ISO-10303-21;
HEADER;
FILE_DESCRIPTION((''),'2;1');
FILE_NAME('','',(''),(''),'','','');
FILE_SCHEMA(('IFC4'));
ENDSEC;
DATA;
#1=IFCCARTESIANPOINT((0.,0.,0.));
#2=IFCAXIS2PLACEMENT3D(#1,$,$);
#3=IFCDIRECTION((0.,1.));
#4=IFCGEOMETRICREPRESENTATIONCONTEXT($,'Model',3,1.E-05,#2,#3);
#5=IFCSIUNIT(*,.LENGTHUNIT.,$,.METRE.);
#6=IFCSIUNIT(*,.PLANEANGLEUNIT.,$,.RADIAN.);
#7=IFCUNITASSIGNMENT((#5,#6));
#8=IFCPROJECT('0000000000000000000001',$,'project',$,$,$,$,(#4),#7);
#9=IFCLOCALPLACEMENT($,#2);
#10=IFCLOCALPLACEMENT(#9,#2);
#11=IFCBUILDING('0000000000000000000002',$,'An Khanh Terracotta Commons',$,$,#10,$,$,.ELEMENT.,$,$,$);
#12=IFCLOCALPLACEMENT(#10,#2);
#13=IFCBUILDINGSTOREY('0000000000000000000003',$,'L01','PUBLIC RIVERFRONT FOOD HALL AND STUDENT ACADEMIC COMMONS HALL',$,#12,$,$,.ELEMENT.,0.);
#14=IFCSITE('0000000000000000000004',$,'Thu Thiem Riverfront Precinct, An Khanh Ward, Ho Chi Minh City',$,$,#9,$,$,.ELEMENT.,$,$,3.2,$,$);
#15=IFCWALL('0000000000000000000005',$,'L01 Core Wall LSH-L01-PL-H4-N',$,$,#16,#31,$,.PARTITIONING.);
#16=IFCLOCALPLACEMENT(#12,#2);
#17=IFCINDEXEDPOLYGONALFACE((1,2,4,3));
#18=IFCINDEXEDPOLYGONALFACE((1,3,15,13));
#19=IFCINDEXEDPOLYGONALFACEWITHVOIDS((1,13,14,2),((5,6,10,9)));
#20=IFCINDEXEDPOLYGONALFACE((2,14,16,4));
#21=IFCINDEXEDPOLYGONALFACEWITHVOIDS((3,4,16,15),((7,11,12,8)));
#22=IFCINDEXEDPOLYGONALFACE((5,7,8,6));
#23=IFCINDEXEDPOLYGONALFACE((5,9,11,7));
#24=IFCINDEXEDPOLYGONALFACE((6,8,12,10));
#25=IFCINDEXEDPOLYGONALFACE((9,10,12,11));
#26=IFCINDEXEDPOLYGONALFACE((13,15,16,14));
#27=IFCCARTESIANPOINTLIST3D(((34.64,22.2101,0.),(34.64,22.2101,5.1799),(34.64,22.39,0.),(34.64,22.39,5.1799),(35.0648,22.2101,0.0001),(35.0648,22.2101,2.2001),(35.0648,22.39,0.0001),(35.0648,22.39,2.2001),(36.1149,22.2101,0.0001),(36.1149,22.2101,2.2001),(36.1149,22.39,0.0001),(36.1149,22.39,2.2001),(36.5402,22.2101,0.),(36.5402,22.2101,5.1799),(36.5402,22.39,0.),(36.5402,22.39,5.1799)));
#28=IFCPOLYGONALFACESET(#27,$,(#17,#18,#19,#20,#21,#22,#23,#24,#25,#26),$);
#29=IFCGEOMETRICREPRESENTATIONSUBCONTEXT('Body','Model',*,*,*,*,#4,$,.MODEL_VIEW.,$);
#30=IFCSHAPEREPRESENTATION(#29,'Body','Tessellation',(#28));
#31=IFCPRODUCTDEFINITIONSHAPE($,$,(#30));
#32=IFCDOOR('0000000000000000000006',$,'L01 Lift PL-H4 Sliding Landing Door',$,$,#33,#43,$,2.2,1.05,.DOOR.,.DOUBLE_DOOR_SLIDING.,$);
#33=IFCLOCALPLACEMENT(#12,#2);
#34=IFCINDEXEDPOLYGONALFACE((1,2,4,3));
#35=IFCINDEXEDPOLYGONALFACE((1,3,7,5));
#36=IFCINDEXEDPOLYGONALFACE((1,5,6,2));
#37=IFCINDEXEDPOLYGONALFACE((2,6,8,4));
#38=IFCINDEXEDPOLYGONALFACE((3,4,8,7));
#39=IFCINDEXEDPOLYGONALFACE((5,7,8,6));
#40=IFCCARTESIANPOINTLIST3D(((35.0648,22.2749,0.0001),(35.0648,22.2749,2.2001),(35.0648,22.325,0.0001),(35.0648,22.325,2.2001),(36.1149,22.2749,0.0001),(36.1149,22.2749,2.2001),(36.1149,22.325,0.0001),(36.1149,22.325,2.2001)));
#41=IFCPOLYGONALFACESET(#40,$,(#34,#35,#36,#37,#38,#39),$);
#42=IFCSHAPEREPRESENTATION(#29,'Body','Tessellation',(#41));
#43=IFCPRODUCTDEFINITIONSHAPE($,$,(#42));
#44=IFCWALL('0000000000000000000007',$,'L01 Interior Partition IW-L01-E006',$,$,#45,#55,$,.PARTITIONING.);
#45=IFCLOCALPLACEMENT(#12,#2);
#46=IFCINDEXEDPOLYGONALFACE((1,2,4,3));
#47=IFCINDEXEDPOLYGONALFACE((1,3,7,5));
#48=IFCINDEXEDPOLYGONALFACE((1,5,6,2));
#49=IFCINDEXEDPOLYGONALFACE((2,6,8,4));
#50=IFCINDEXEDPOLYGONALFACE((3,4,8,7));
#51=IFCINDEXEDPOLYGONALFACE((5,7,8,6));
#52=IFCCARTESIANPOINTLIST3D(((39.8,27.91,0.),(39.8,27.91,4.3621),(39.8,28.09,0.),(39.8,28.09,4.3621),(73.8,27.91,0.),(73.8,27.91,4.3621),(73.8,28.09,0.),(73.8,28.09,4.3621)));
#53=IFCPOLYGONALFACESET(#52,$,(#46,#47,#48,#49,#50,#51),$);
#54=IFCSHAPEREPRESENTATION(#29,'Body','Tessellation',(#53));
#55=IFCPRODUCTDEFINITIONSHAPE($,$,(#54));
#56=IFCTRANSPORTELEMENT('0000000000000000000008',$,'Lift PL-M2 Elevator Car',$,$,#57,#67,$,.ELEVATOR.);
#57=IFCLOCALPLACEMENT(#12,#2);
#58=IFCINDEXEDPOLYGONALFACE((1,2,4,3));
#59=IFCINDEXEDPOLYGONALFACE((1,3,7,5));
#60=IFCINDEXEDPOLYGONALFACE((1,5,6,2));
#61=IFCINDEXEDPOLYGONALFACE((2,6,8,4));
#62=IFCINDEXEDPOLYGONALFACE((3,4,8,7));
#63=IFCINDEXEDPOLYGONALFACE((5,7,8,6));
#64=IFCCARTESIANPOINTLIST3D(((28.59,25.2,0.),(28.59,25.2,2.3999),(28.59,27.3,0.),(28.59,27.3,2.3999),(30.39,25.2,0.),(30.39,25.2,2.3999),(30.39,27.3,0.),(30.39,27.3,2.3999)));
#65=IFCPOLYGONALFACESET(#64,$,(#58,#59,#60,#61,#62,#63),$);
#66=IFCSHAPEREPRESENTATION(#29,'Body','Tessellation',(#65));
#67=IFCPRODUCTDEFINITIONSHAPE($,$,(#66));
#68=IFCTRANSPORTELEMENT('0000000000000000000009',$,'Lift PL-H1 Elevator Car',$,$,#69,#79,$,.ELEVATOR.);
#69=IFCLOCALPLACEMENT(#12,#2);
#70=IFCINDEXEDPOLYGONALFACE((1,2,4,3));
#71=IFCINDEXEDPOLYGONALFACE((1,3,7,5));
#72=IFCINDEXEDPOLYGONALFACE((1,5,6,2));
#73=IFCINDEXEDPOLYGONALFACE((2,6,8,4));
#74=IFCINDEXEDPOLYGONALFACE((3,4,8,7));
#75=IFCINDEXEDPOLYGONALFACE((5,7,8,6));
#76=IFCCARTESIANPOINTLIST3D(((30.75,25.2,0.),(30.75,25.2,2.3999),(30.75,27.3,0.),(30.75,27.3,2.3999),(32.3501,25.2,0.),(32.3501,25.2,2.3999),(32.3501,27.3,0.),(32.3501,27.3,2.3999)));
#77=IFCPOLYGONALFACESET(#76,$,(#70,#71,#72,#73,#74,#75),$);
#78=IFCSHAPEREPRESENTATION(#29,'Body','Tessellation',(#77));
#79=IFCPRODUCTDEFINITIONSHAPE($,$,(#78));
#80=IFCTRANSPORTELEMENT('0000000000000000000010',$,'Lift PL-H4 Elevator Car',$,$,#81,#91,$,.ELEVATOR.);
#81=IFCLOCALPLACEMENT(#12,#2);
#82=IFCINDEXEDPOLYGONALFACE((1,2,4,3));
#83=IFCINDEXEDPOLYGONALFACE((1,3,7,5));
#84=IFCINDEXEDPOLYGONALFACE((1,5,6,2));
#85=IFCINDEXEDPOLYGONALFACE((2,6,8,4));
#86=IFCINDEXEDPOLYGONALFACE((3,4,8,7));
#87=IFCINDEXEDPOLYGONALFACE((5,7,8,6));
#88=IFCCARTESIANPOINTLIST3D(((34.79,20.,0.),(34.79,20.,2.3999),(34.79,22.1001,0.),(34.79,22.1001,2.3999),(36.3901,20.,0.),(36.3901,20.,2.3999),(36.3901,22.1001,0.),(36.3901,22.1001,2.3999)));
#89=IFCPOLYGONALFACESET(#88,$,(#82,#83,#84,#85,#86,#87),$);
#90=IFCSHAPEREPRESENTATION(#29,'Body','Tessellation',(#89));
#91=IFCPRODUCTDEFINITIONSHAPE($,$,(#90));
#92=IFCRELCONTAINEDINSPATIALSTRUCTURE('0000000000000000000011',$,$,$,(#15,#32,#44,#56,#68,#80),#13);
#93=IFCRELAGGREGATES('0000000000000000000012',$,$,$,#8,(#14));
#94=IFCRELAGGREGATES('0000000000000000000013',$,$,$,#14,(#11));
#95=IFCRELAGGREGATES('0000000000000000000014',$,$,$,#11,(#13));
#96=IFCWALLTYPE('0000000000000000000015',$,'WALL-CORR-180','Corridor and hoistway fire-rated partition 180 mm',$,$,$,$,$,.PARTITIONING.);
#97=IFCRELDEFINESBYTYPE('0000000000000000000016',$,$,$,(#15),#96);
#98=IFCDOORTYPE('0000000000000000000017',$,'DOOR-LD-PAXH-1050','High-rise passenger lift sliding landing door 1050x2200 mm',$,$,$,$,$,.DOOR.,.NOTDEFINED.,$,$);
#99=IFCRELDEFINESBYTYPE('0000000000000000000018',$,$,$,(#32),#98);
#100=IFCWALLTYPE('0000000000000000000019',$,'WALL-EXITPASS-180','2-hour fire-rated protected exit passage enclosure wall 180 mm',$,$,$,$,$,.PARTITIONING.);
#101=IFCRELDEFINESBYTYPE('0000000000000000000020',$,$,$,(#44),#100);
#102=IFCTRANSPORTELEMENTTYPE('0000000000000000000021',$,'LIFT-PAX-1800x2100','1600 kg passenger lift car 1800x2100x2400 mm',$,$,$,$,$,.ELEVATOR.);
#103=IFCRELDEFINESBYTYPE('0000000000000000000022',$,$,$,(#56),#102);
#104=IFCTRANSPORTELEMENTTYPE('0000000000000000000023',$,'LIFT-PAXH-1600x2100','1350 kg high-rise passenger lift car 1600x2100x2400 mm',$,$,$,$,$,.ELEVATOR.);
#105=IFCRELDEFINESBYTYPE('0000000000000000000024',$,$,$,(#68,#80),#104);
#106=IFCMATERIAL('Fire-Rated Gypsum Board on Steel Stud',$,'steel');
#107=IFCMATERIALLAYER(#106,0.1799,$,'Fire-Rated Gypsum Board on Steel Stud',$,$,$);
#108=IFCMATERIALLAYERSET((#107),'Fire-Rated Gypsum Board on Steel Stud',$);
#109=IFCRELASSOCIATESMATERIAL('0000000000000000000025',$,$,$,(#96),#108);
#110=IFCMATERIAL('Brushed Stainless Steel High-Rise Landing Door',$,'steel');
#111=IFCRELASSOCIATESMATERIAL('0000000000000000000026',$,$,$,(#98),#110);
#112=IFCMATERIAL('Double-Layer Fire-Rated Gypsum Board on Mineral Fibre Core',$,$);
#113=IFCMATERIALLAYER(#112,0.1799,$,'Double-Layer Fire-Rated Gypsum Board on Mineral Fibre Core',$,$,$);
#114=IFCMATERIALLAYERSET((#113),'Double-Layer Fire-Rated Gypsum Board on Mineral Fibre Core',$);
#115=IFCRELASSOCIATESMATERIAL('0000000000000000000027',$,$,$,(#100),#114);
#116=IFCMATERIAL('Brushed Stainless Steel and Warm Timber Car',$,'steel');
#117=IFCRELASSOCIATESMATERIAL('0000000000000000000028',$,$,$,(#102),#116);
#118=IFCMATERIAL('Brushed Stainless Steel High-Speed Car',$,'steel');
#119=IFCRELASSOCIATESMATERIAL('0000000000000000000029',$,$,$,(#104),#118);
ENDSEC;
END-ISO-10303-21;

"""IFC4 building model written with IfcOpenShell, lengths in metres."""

from ifc_helpers import new_model, si_unit, direction, frame, frame_2d, origin, origin_2d, place, context, subcontext, project, spatial, rectangle, extrude, material, layer, layer_set, type_object, element, fill, save


model = new_model("IFC4")

# Units and contexts
model_context = context("Model", 3, precision=1e-05, world=origin(), true_north=direction((0.0, 1.0)))
body_context = subcontext(model_context, "Body", "Model", "MODEL_VIEW")
ifc_project = project(units=[si_unit("LENGTHUNIT", "METRE"), si_unit("PLANEANGLEUNIT", "RADIAN")], contexts=[model_context])

# Site, building, storey
site_placement = place(None, origin())
site = spatial("IfcSite", under=ifc_project, at=site_placement, Name="Thu Thiem Riverfront Precinct, An Khanh Ward, Ho Chi Minh City", CompositionType="ELEMENT", RefElevation=3.2)
building_placement = place(site_placement, origin())
building = spatial("IfcBuilding", under=site, at=building_placement, Name="An Khanh Terracotta Commons", CompositionType="ELEMENT")
storey_placement = place(building_placement, origin())
storey = spatial("IfcBuildingStorey", under=building, at=storey_placement, Name="L01", Description="PUBLIC RIVERFRONT FOOD HALL AND STUDENT ACADEMIC COMMONS HALL", CompositionType="ELEMENT", Elevation=0.0)

# Shared definitions
ifc_material_1 = material(Name="Fire-Rated Gypsum Board on Steel Stud", Category="steel")
ifc_layer_1 = layer(ifc_material_1, 0.1799, Name="Fire-Rated Gypsum Board on Steel Stud")
ifc_layer_set_1 = layer_set([ifc_layer_1], Name="Fire-Rated Gypsum Board on Steel Stud")
wall_type_1 = type_object("IfcWallType", Name="WALL-CORR-180", Description="Corridor and hoistway fire-rated partition 180 mm", PredefinedType="PARTITIONING", material=ifc_layer_set_1)

# Shared definitions
ifc_material_2 = material(Name="Brushed Stainless Steel High-Rise Landing Door", Category="steel")
door_type_1 = type_object("IfcDoorType", Name="DOOR-LD-PAXH-1050", Description="High-rise passenger lift sliding landing door 1050x2200 mm", OperationType="NOTDEFINED", PredefinedType="DOOR", material=ifc_material_2)

# Wall, opening, door
wall_1_placement = place(storey_placement, frame((34.6399, 22.3, 0.0), z_axis=(0.0, 0.0, 1.0), x_axis=(1.0, 0.0, 0.0)))
wall_1 = element("IfcWall", 1, at=wall_1_placement, inside=storey, type_object=wall_type_1, Name="L01 Core Wall LSH-L01-PL-H4-N", PredefinedType="PARTITIONING", context=body_context, shape_type="SweptSolid", body=[
    extrude(rectangle(XDim=1.9001, YDim=0.1799, at=frame_2d((0.9502, 0.0))), origin(), (0.0, 0.0, 1.0), 5.1799),
])
opening_1_placement = place(wall_1_placement, frame((0.425, 0.0, 0.0)))
opening_1 = element("IfcOpeningElement", 2, at=opening_1_placement, cuts=wall_1, PredefinedType="OPENING", context=body_context, shape_type="SweptSolid", body=[
    extrude(rectangle(XDim=1.05, YDim=2.2, at=frame_2d((0.5249, 1.1001))), frame((0.0, 0.0999, 0.0), z_axis=(0.0, -1.0, 0.0), x_axis=(1.0, 0.0, 0.0)), (0.0, 0.0, 1.0), 0.2),
])
door_1_placement = place(opening_1_placement, origin())
door_1 = element("IfcDoor", 3, at=door_1_placement, inside=storey, type_object=door_type_1, Name="L01 Lift PL-H4 Sliding Landing Door", OperationType="DOUBLE_DOOR_SLIDING", OverallHeight=2.2, OverallWidth=1.05, PredefinedType="DOOR", context=body_context, shape_type="SweptSolid", body=[
    extrude(rectangle(XDim=1.05, YDim=2.2, at=frame_2d((0.5249, 1.1001))), frame((0.0, 0.0249, 0.0), z_axis=(0.0, -1.0, 0.0), x_axis=(1.0, 0.0, 0.0)), (0.0, 0.0, 1.0), 0.05),
])
fill(opening_1, door_1)

# Wall
ifc_material_3 = material(Name="Double-Layer Fire-Rated Gypsum Board on Mineral Fibre Core")
ifc_layer_2 = layer(ifc_material_3, 0.1799, Name="Double-Layer Fire-Rated Gypsum Board on Mineral Fibre Core")
ifc_layer_set_2 = layer_set([ifc_layer_2], Name="Double-Layer Fire-Rated Gypsum Board on Mineral Fibre Core")
wall_type_2 = type_object("IfcWallType", Name="WALL-EXITPASS-180", Description="2-hour fire-rated protected exit passage enclosure wall 180 mm", PredefinedType="PARTITIONING", material=ifc_layer_set_2)
wall_2_placement = place(storey_placement, frame((39.8, 28.0, 0.0), z_axis=(0.0, 0.0, 1.0), x_axis=(1.0, 0.0, 0.0)))
element("IfcWall", 4, at=wall_2_placement, inside=storey, type_object=wall_type_2, Name="L01 Interior Partition IW-L01-E006", PredefinedType="PARTITIONING", context=body_context, shape_type="SweptSolid", body=[
    extrude(rectangle(XDim=34.0, YDim=0.1799, at=frame_2d((17.0, 0.0))), origin(), (0.0, 0.0, 1.0), 4.3621),
])

# Transport elements
ifc_material_4 = material(Name="Brushed Stainless Steel and Warm Timber Car", Category="steel")
transport_element_type_1 = type_object("IfcTransportElementType", Name="LIFT-PAX-1800x2100", Description="1600 kg passenger lift car 1800x2100x2400 mm", PredefinedType="ELEVATOR", material=ifc_material_4)
transport_element_placement = place(storey_placement, frame((29.49, 26.25, 0.0), z_axis=(0.0, 0.0, 1.0), x_axis=(1.0, 0.0, 0.0)))
element("IfcTransportElement", 5, at=transport_element_placement, inside=storey, type_object=transport_element_type_1, Name="Lift PL-M2 Elevator Car", PredefinedType="ELEVATOR", context=body_context, shape_type="SweptSolid", body=[
    extrude(rectangle(XDim=1.8, YDim=2.1001, at=origin_2d()), origin(), (0.0, 0.0, 1.0), 2.3999),
])
ifc_material_5 = material(Name="Brushed Stainless Steel High-Speed Car", Category="steel")
transport_element_type_2 = type_object("IfcTransportElementType", Name="LIFT-PAXH-1600x2100", Description="1350 kg high-rise passenger lift car 1600x2100x2400 mm", PredefinedType="ELEVATOR", material=ifc_material_5)
for number, where, z_axis, x_axis, name in (
    (6, (31.55, 26.25, 0.0), (0.0, 0.0, 1.0), (1.0, 0.0, 0.0), "Lift PL-H1 Elevator Car"),
    (7, (35.5901, 21.05, 0.0), (0.0, 0.0, 1.0), (1.0, 0.0, 0.0), "Lift PL-H4 Elevator Car"),
):
    element("IfcTransportElement", number, at=place(storey_placement, frame(where, z_axis=z_axis, x_axis=x_axis)), inside=storey, type_object=transport_element_type_2, Name=name, PredefinedType="ELEVATOR", context=body_context, shape_type="SweptSolid", body=[
        extrude(rectangle(XDim=1.6001, YDim=2.1001, at=origin_2d()), origin(), (0.0, 0.0, 1.0), 2.3999),
    ])

save(model, "model.ifc")
